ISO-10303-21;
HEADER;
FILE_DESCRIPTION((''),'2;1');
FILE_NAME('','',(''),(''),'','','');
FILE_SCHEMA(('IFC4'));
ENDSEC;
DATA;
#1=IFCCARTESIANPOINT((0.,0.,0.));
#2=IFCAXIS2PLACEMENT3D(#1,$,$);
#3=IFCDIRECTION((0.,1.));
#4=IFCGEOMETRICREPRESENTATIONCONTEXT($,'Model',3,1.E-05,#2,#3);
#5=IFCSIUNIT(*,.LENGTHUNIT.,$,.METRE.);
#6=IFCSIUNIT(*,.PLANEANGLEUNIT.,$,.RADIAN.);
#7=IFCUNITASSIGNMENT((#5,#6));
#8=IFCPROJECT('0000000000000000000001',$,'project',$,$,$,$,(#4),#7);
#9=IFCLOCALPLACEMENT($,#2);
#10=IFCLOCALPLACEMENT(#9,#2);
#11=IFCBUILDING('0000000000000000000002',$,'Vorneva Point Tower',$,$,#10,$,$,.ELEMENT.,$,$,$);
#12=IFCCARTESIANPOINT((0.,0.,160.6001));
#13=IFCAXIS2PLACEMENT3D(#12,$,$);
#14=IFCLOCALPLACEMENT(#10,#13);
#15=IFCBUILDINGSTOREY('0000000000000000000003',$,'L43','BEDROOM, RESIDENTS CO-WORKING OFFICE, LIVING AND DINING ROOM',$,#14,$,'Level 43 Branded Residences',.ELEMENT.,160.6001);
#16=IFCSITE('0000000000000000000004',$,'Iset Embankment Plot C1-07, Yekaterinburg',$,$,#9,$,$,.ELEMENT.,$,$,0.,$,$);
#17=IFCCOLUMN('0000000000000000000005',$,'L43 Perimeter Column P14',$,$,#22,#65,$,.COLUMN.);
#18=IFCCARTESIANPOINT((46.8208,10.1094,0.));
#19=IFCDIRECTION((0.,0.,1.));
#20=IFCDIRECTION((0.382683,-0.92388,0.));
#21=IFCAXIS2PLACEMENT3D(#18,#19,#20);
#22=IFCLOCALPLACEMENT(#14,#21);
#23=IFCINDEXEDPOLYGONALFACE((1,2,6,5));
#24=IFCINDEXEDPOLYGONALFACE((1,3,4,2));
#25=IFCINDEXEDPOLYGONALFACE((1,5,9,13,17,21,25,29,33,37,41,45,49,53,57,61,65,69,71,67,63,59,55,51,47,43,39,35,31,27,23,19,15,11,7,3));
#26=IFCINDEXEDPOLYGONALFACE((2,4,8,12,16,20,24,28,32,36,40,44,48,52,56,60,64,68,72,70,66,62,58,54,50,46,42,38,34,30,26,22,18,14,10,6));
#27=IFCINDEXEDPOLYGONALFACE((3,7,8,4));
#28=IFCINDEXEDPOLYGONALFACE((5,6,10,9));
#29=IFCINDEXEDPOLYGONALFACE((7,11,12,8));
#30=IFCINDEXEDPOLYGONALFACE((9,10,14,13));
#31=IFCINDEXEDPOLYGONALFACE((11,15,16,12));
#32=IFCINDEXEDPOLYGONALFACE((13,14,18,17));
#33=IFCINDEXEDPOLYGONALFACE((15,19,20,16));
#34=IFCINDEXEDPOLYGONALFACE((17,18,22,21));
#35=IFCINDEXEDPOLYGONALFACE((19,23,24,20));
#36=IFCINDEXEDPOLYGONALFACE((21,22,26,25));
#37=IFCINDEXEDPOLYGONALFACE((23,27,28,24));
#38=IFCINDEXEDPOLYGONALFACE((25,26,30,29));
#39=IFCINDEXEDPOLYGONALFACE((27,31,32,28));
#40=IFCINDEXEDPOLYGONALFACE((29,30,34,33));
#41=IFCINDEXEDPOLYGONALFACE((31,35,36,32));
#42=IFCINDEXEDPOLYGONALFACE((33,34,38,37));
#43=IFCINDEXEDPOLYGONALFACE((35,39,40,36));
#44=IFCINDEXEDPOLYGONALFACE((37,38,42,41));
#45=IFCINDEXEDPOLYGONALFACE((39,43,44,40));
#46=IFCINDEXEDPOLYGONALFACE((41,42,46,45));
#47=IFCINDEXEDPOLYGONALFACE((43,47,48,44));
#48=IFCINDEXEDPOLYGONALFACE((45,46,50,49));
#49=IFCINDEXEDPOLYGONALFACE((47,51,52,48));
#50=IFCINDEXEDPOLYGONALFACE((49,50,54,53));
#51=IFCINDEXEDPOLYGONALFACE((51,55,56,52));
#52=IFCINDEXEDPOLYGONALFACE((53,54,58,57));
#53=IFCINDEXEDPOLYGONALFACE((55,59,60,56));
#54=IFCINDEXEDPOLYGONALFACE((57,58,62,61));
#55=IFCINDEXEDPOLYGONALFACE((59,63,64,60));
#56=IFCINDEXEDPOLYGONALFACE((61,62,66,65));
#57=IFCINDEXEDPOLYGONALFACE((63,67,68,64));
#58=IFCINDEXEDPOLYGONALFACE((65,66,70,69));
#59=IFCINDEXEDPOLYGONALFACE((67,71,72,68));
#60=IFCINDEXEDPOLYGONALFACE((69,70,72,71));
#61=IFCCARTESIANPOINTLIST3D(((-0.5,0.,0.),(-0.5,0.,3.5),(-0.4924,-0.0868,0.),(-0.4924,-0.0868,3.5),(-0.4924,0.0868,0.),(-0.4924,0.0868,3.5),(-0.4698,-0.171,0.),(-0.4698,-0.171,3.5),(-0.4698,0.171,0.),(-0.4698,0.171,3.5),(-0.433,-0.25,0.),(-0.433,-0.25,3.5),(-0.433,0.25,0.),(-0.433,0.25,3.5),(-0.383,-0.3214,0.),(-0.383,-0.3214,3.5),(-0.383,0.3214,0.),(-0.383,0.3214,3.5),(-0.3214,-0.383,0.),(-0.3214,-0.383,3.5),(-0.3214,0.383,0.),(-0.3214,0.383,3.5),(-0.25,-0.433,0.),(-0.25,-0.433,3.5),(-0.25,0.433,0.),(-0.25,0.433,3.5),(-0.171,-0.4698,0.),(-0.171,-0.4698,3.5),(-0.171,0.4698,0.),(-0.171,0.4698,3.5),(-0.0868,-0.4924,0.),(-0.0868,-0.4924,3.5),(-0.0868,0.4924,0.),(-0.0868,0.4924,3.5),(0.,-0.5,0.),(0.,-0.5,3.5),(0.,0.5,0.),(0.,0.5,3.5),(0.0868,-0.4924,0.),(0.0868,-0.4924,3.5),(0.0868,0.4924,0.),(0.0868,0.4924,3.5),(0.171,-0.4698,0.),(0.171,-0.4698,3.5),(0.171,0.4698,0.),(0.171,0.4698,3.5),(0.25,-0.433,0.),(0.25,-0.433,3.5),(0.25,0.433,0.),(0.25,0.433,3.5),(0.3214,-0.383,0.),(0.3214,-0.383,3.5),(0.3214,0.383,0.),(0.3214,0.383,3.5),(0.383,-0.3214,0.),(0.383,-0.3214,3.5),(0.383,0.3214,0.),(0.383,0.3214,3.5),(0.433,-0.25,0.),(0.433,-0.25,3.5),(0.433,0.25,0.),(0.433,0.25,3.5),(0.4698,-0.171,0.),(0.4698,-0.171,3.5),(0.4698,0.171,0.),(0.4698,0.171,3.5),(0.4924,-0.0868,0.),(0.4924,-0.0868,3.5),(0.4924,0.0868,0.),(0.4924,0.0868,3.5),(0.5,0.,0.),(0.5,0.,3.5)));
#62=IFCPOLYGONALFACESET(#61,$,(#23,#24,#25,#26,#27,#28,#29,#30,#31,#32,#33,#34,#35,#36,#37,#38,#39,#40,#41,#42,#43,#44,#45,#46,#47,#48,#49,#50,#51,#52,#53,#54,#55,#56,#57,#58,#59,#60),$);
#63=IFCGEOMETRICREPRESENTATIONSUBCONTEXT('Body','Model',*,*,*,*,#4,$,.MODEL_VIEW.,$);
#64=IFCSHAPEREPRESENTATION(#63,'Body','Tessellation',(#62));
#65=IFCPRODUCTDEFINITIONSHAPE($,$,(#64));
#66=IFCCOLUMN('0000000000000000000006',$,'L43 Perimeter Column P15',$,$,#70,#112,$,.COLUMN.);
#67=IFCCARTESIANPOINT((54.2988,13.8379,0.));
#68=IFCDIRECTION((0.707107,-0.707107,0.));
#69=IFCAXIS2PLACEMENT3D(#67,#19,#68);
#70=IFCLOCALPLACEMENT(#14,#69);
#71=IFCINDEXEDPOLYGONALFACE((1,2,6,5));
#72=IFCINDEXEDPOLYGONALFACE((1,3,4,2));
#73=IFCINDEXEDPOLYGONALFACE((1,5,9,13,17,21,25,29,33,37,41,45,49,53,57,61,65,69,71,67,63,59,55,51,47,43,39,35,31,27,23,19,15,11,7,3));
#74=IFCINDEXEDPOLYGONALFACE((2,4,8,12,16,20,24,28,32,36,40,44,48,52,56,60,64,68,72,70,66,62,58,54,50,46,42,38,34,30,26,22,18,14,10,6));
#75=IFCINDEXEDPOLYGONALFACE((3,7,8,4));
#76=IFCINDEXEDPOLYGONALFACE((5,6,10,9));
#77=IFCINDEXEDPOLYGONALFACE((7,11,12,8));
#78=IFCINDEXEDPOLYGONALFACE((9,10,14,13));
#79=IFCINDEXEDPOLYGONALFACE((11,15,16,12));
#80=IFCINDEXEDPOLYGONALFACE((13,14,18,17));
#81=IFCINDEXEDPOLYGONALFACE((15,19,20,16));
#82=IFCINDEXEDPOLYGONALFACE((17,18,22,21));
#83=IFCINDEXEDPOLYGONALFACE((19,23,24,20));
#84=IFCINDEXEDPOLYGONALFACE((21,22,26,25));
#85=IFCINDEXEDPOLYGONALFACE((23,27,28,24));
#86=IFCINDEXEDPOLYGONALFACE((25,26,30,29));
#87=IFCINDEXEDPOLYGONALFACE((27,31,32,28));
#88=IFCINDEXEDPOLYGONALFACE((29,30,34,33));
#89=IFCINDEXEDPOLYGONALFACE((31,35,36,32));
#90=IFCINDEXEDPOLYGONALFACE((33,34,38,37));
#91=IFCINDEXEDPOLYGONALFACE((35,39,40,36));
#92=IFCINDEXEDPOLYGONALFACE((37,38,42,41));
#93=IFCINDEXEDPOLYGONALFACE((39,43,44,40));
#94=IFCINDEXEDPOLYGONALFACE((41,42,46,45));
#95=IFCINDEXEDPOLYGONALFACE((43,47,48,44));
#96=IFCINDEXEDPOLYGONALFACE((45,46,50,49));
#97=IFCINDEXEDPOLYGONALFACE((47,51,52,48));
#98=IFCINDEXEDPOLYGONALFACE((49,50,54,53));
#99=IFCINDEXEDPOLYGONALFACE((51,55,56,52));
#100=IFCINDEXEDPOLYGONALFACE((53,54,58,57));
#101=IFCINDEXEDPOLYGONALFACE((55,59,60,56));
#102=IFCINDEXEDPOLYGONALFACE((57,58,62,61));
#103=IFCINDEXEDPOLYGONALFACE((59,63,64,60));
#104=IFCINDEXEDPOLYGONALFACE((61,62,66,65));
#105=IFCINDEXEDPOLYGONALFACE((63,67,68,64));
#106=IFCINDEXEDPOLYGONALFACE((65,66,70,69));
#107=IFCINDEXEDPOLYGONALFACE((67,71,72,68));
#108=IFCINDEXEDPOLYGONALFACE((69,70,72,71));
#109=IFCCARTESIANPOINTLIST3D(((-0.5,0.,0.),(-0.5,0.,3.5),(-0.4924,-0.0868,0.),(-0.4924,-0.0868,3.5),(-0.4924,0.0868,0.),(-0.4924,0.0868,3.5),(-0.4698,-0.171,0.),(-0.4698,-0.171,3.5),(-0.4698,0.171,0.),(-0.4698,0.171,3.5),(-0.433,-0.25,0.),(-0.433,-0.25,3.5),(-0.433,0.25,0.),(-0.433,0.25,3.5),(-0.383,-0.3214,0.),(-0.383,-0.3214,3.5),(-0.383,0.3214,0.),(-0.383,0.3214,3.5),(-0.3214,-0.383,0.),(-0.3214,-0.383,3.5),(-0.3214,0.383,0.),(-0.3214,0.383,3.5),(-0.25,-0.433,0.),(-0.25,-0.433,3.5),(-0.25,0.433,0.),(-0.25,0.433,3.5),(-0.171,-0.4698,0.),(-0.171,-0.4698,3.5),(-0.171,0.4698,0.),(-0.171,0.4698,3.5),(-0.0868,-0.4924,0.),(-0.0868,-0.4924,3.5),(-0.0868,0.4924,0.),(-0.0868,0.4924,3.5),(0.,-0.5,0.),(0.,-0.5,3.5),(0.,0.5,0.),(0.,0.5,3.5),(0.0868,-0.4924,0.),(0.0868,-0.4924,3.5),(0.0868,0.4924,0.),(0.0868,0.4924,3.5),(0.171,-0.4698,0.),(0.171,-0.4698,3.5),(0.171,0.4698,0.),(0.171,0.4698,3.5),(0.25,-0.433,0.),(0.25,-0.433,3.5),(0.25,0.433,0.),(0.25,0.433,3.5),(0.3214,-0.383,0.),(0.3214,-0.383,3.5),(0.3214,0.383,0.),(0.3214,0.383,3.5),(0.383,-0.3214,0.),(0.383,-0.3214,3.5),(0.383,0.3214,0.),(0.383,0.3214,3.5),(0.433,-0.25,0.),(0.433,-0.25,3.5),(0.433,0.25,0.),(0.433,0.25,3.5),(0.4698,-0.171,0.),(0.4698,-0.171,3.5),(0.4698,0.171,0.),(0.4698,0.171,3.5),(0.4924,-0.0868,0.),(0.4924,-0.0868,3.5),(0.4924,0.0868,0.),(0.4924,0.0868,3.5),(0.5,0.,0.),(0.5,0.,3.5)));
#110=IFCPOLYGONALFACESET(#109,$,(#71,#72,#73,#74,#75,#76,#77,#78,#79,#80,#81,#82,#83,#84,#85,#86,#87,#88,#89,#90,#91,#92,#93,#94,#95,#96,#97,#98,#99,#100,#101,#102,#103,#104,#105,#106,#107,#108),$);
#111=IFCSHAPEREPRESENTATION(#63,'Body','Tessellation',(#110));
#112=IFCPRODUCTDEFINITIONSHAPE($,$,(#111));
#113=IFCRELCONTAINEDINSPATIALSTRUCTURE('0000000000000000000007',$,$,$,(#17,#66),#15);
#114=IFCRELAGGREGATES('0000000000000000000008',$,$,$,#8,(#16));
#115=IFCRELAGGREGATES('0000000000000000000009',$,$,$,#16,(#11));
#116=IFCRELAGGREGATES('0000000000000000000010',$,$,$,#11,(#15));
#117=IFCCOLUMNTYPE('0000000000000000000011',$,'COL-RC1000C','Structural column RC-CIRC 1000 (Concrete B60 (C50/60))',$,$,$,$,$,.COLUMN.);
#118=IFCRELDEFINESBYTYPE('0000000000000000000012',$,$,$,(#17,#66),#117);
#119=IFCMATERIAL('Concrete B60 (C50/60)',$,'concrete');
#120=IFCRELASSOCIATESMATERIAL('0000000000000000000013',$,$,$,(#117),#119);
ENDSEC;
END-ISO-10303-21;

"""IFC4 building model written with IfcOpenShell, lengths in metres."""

from ifc_helpers import new_model, si_unit, direction, frame, origin, origin_2d, place, context, subcontext, project, spatial, circle, extrude, material, material_profile, profile_set, type_object, element, save


model = new_model("IFC4")

# Units and contexts
model_context = context("Model", 3, precision=1e-05, world=origin(), true_north=direction((0.0, 1.0)))
body_context = subcontext(model_context, "Body", "Model", "MODEL_VIEW")
ifc_project = project(units=[si_unit("LENGTHUNIT", "METRE"), si_unit("PLANEANGLEUNIT", "RADIAN")], contexts=[model_context])

# Site, building, storey
site_placement = place(None, origin())
site = spatial("IfcSite", under=ifc_project, at=site_placement, Name="Iset Embankment Plot C1-07, Yekaterinburg", CompositionType="ELEMENT", RefElevation=0.0)
building_placement = place(site_placement, origin())
building = spatial("IfcBuilding", under=site, at=building_placement, Name="Vorneva Point Tower", CompositionType="ELEMENT")
storey_placement = place(building_placement, frame((0.0, 0.0, 160.6001)))
storey = spatial("IfcBuildingStorey", under=building, at=storey_placement, Name="L43", Description="BEDROOM, RESIDENTS CO-WORKING OFFICE, LIVING AND DINING ROOM", LongName="Level 43 Branded Residences", CompositionType="ELEMENT", Elevation=160.6001)

# Columns
ifc_material_1 = material(Name="Concrete B60 (C50/60)", Category="concrete")
ifc_material_profile_1 = material_profile(ifc_material_1, circle(Radius=0.5, at=origin_2d()), Name="RC-CIRC 1000")
ifc_profile_set_1 = profile_set([ifc_material_profile_1], Name="Concrete B60 (C50/60)")
column_type_1 = type_object("IfcColumnType", Name="COL-RC1000C", Description="Structural column RC-CIRC 1000 (Concrete B60 (C50/60))", PredefinedType="COLUMN", material=ifc_profile_set_1)
for number, where, z_axis, x_axis, name in (
    (1, (46.8208, 10.1094, 0.0), (0.0, 0.0, 1.0), (0.382683, -0.92388, 0.0), "L43 Perimeter Column P14"),
    (2, (54.2988, 13.8379, 0.0), (0.0, 0.0, 1.0), (0.707107, -0.707107, 0.0), "L43 Perimeter Column P15"),
):
    element("IfcColumn", number, at=place(storey_placement, frame(where, z_axis=z_axis, x_axis=x_axis)), inside=storey, type_object=column_type_1, Name=name, PredefinedType="COLUMN", context=body_context, shape_type="SweptSolid", body=[
        extrude(circle(Radius=0.5, at=origin_2d()), origin(), (0.0, 0.0, 1.0), 3.5),
    ])

save(model, "model.ifc")
